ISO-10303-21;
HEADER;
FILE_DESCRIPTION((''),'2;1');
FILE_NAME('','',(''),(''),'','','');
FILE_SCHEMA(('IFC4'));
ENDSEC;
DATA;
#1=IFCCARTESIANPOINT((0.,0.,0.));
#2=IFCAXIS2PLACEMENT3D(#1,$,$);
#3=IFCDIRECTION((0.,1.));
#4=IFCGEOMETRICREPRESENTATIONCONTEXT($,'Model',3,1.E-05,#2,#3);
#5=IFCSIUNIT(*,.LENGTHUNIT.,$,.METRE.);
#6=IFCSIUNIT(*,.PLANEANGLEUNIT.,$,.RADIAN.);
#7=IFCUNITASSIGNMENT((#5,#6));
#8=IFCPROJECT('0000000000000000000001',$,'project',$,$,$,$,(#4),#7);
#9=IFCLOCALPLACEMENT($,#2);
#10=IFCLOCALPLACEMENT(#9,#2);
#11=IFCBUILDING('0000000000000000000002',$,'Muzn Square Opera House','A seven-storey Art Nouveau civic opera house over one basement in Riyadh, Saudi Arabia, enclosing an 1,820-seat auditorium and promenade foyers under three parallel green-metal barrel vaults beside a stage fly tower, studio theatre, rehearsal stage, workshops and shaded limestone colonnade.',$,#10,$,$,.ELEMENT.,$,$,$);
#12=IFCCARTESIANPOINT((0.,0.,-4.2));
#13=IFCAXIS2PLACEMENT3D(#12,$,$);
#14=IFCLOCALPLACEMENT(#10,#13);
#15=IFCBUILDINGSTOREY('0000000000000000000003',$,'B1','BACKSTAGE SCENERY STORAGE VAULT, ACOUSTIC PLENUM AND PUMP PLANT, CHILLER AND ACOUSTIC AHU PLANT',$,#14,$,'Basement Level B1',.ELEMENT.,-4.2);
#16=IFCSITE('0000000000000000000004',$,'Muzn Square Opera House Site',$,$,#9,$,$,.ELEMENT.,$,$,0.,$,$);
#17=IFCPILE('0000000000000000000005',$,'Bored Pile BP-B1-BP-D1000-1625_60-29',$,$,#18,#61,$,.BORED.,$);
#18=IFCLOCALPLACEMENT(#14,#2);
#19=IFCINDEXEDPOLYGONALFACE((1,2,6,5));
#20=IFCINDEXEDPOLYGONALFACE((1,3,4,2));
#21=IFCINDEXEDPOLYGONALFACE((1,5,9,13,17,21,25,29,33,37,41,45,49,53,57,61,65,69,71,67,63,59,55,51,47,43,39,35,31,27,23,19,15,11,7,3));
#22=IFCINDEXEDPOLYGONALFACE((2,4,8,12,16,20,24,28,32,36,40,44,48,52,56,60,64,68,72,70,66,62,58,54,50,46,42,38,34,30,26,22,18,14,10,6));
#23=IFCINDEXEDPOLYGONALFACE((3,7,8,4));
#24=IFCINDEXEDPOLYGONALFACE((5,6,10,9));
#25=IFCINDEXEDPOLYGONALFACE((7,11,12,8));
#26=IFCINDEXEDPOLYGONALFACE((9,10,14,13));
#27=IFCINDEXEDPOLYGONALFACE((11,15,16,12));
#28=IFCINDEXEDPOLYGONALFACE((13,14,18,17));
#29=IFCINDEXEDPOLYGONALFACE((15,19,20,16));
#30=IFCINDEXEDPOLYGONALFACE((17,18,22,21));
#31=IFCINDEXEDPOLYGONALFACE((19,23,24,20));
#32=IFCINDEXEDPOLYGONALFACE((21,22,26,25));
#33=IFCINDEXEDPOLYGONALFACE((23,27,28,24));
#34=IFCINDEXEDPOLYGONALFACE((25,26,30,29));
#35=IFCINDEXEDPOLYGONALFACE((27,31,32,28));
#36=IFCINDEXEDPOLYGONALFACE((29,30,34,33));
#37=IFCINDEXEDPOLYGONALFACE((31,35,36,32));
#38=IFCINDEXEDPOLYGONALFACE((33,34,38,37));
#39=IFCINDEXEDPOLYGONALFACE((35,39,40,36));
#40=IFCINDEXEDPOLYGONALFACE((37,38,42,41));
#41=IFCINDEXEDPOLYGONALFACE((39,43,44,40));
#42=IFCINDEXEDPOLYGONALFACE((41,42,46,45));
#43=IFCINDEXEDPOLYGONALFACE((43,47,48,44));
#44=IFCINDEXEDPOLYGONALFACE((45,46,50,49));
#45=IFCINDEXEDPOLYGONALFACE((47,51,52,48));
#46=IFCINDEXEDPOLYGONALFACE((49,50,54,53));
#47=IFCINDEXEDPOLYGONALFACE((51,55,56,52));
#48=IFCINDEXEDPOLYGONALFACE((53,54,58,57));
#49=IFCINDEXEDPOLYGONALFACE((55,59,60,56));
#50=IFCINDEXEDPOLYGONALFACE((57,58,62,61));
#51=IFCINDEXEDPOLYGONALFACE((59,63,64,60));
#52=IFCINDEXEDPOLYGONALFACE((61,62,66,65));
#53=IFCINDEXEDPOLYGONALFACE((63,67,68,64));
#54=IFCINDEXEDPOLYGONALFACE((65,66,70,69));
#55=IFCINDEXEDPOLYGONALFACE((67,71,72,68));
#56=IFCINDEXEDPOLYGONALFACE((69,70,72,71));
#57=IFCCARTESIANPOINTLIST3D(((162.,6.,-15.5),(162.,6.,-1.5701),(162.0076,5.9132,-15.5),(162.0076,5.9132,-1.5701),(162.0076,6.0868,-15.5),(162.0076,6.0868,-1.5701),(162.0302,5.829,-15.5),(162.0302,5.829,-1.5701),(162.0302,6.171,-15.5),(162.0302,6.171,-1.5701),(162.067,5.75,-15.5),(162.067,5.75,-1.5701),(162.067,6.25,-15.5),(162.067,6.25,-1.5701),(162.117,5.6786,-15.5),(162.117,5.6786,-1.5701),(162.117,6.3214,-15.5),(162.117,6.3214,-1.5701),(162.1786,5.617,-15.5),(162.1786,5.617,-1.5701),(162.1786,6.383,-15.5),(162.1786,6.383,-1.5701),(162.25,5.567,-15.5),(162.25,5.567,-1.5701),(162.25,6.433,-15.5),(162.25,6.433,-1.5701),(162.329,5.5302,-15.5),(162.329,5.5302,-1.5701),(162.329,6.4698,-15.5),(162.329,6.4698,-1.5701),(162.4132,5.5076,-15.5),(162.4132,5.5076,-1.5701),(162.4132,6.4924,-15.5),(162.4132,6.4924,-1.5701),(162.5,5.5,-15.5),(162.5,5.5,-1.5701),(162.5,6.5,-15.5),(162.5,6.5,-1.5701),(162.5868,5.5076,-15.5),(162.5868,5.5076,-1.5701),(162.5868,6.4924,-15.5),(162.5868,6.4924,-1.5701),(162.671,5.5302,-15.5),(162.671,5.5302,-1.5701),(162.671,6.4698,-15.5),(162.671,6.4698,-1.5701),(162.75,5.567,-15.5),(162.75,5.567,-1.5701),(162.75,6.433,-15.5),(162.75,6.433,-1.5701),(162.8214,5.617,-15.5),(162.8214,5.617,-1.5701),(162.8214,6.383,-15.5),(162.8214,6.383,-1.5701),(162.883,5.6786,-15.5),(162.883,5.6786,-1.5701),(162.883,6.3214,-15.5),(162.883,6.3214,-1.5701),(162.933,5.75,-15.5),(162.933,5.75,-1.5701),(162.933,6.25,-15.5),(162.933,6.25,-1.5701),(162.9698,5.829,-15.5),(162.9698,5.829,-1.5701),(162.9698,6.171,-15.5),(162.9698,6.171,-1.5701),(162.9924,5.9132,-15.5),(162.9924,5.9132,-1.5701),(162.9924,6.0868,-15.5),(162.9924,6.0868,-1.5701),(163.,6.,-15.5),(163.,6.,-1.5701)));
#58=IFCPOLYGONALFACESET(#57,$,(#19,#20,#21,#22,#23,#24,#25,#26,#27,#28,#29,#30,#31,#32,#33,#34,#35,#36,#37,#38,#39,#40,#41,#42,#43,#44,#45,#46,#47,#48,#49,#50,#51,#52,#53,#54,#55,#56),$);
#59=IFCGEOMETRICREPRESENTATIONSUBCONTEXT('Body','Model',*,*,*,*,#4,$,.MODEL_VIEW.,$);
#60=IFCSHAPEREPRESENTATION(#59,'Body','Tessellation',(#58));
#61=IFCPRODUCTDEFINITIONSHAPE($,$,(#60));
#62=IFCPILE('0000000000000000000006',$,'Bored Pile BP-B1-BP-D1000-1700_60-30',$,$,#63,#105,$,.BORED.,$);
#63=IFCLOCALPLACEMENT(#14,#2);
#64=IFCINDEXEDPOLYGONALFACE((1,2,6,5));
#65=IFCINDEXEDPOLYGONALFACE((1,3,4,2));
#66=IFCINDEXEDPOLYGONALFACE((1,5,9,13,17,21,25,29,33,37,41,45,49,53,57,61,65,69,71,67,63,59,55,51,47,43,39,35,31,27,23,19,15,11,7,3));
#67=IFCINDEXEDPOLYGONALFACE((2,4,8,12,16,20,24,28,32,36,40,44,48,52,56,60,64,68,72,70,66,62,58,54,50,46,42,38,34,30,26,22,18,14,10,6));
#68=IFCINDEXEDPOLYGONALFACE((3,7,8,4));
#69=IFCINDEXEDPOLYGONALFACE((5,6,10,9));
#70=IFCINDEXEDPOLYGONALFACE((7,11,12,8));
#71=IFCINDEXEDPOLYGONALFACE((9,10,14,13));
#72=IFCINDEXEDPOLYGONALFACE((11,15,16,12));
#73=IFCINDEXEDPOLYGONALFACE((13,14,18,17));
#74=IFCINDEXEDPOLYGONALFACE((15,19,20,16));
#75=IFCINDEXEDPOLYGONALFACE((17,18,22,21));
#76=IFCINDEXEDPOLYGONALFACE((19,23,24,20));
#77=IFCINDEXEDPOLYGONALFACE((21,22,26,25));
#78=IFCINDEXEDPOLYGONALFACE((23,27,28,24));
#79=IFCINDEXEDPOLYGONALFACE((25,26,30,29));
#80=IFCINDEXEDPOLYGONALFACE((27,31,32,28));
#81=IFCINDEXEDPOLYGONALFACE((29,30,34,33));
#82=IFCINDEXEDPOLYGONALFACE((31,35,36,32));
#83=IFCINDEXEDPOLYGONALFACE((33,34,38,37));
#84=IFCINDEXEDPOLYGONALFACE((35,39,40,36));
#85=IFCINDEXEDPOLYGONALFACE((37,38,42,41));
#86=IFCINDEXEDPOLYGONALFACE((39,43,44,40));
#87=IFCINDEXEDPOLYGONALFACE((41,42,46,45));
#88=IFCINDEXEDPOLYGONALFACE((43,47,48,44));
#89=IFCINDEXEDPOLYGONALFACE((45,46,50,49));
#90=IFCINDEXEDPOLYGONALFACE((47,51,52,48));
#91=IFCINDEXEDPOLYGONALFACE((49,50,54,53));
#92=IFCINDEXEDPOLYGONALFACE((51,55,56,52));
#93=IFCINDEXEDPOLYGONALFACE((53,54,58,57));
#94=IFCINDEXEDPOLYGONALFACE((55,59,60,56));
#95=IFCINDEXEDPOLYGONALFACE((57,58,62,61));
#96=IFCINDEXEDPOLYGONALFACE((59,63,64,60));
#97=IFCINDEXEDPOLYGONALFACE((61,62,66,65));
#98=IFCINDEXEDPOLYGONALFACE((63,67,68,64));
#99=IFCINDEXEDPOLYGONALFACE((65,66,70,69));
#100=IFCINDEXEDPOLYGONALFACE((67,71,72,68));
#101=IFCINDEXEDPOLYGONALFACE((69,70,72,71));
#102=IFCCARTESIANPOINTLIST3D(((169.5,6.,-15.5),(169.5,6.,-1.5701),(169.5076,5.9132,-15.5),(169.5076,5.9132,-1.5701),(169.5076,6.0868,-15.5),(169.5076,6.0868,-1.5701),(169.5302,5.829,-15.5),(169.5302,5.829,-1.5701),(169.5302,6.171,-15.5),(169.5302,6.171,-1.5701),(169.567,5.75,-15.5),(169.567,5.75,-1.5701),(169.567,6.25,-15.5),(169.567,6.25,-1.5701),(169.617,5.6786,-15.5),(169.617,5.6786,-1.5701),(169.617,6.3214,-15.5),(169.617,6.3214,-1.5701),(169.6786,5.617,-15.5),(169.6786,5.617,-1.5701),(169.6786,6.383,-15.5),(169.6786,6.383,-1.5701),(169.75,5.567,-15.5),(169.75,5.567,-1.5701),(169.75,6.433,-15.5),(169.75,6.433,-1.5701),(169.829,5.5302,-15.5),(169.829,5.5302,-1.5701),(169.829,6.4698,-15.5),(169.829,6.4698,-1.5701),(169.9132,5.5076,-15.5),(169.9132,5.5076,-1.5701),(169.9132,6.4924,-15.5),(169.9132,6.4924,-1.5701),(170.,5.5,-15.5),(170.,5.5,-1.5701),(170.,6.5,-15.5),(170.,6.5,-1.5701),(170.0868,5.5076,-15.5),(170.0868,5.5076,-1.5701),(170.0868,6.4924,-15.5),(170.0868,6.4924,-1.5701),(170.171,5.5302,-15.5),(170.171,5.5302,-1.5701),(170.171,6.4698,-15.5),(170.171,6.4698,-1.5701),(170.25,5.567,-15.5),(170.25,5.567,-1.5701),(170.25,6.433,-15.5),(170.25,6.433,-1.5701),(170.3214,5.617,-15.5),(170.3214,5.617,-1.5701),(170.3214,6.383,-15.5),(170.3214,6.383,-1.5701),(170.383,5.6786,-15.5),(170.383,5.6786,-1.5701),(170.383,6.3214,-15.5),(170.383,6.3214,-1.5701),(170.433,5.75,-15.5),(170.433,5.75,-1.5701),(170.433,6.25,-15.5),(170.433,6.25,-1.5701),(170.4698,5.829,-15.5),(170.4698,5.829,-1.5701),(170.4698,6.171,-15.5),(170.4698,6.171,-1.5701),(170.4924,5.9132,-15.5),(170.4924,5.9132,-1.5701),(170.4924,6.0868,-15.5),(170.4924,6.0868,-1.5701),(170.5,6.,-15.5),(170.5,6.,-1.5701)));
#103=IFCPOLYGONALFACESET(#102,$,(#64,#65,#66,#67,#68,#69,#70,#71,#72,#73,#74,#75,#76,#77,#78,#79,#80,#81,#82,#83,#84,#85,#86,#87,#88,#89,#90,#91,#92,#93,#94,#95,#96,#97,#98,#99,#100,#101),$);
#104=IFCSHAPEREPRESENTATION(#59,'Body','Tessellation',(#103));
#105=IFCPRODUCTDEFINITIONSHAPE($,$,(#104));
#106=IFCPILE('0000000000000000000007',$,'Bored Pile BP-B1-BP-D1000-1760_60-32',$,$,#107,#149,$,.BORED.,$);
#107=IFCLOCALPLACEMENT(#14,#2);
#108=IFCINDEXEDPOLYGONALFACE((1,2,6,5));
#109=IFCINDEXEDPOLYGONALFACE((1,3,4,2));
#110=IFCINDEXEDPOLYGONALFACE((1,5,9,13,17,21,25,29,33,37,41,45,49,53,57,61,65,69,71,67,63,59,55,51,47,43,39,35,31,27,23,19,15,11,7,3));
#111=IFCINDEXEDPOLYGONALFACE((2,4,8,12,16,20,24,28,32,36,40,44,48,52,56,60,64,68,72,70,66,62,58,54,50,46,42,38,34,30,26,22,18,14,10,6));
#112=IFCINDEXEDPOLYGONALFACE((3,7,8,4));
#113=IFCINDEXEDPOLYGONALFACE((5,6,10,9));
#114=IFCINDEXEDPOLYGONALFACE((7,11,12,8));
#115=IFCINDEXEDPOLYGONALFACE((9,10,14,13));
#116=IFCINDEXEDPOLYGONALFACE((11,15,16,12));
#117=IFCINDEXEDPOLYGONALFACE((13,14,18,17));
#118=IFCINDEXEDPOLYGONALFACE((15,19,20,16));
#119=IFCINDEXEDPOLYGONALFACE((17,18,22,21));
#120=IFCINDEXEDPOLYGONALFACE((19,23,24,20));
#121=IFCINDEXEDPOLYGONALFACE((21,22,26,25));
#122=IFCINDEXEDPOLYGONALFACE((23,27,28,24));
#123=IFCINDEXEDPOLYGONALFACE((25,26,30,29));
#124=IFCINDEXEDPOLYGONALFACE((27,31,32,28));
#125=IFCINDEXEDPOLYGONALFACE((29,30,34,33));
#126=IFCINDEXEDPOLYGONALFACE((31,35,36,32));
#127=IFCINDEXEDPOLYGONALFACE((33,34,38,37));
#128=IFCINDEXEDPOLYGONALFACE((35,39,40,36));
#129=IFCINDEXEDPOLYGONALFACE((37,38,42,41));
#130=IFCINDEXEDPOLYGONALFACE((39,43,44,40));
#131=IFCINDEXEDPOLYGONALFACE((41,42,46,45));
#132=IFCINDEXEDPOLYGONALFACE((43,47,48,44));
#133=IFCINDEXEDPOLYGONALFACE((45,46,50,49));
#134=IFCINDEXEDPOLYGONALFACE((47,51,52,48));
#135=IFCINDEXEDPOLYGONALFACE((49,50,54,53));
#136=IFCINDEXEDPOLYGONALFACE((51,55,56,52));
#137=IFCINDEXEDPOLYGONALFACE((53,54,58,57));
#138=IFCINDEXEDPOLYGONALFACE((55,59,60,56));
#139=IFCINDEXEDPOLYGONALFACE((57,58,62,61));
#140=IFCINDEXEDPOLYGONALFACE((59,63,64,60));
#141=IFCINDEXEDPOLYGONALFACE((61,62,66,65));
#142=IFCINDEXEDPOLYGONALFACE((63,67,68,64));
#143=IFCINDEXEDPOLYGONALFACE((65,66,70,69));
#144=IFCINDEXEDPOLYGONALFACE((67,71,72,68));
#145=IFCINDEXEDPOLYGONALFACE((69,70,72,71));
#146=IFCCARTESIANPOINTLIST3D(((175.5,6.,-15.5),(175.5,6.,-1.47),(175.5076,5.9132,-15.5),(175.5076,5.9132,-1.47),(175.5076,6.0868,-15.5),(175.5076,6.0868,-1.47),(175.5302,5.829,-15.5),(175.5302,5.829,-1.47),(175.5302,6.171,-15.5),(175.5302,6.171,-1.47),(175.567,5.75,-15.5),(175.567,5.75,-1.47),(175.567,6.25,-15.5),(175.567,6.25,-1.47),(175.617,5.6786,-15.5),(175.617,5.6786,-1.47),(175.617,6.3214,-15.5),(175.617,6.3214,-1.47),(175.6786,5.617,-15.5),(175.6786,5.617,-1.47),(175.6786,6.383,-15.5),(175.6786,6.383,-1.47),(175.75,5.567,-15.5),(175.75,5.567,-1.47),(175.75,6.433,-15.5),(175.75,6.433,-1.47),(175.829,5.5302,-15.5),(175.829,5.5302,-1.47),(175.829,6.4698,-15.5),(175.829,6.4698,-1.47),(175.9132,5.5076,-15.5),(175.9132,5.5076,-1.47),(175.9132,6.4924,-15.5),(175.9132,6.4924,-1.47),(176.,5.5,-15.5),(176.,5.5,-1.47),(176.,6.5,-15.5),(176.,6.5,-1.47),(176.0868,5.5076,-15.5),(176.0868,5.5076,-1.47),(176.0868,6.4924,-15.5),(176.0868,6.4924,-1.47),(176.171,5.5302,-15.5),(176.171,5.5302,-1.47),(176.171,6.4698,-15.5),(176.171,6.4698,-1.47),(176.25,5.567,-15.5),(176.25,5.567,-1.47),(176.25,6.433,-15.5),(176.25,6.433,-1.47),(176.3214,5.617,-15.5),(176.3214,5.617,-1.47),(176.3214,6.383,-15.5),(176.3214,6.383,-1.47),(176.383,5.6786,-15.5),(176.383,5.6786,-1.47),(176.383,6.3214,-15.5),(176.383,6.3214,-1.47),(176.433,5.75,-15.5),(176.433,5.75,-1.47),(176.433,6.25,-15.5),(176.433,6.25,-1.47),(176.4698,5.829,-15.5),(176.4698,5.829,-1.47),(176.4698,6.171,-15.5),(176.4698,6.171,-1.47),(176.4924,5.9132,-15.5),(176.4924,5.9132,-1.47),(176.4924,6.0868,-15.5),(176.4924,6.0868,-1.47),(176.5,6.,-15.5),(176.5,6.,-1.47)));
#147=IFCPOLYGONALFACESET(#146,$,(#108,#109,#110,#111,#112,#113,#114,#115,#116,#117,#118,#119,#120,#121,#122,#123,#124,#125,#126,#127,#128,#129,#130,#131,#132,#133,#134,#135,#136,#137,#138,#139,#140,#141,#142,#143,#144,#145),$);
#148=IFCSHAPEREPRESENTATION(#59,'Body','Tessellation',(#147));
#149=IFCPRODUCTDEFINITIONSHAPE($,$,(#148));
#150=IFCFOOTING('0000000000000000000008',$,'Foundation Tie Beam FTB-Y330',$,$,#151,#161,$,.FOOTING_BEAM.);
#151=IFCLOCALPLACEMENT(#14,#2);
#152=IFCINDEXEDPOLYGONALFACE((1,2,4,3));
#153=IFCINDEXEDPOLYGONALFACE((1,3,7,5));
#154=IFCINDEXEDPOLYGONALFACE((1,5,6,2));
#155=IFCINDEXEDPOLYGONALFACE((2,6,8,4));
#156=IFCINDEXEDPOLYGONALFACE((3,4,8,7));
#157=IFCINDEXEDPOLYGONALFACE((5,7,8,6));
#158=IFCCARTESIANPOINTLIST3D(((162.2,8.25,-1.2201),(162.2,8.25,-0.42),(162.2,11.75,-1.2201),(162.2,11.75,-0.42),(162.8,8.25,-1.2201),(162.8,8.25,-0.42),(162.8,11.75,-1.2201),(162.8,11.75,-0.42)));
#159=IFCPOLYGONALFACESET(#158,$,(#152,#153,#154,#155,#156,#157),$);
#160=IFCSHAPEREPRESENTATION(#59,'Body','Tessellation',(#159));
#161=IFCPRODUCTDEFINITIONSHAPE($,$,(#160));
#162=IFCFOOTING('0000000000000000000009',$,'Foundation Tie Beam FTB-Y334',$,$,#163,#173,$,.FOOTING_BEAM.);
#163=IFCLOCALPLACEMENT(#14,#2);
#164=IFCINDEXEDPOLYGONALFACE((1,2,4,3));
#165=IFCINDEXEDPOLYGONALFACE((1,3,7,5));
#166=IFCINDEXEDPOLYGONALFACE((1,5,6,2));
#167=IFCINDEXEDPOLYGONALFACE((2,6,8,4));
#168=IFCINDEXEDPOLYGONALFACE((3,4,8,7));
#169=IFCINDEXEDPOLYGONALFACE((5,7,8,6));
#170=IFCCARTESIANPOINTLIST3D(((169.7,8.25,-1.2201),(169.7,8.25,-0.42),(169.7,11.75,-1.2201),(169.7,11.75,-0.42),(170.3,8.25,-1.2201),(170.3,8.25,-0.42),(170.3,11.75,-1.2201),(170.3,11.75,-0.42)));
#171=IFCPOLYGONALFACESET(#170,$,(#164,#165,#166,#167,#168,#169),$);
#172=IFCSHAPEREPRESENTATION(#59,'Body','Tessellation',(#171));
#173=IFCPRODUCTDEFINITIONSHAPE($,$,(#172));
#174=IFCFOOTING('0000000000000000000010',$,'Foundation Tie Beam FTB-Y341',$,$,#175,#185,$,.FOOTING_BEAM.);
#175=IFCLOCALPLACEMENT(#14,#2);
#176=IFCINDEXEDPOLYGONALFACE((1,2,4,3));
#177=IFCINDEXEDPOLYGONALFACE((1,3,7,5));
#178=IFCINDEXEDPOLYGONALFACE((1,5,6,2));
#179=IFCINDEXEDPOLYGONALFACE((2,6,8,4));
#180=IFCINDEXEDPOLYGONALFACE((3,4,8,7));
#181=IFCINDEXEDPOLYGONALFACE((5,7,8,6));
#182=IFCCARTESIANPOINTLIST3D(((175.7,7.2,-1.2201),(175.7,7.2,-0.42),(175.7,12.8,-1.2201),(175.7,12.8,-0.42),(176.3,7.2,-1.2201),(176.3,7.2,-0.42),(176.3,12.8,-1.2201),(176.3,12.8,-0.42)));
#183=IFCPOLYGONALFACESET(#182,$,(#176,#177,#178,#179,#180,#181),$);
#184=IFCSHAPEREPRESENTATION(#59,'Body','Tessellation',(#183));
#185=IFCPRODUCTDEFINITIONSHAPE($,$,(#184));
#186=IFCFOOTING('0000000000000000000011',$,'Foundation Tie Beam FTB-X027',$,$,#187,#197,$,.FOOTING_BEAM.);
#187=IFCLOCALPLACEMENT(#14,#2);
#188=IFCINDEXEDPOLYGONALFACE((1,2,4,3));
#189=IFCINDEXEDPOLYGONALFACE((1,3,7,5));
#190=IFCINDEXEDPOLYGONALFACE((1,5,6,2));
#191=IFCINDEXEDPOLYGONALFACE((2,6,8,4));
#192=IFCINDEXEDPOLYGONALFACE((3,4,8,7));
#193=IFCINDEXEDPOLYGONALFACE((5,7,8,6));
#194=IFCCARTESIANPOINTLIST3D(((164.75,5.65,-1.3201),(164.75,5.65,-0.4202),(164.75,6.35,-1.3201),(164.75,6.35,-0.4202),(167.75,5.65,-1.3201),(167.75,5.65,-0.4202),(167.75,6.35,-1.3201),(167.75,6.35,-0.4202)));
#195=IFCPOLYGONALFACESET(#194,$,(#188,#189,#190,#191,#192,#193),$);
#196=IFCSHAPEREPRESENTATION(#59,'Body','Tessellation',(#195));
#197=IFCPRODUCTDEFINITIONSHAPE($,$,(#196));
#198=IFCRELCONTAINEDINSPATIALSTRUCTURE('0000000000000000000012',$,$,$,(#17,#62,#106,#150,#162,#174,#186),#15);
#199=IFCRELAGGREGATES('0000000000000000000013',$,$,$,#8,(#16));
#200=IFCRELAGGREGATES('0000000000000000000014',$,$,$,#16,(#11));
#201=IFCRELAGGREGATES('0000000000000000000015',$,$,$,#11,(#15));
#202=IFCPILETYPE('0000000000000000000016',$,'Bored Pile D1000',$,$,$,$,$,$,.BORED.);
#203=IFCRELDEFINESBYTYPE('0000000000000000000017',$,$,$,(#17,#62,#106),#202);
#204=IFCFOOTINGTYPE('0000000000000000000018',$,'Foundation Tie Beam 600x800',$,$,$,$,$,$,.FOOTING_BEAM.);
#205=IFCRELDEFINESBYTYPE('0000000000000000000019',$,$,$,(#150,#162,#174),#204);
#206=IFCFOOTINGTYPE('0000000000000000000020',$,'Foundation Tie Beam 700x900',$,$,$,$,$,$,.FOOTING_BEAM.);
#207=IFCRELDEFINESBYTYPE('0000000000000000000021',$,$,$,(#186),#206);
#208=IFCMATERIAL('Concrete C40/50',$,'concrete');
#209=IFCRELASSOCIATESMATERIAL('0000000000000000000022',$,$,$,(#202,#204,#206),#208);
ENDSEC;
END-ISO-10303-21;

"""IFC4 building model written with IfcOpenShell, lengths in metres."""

from ifc_helpers import new_model, si_unit, direction, frame, origin, origin_2d, place, context, subcontext, project, spatial, rectangle, circle, extrude, material, material_profile, profile_set, type_object, element, save


model = new_model("IFC4")

# Units and contexts
model_context = context("Model", 3, precision=1e-05, world=origin(), true_north=direction((0.0, 1.0)))
body_context = subcontext(model_context, "Body", "Model", "MODEL_VIEW")
ifc_project = project(units=[si_unit("LENGTHUNIT", "METRE"), si_unit("PLANEANGLEUNIT", "RADIAN")], contexts=[model_context])

# Site, building, storey
site_placement = place(None, origin())
site = spatial("IfcSite", under=ifc_project, at=site_placement, Name="Muzn Square Opera House Site", CompositionType="ELEMENT", RefElevation=0.0)
building_placement = place(site_placement, origin())
building = spatial("IfcBuilding", under=site, at=building_placement, Name="Muzn Square Opera House", Description="A seven-storey Art Nouveau civic opera house over one basement in Riyadh, Saudi Arabia, enclosing an 1,820-seat auditorium and promenade foyers under three parallel green-metal barrel vaults beside a stage fly tower, studio theatre, rehearsal stage, workshops and shaded limestone colonnade.", CompositionType="ELEMENT")
storey_placement = place(building_placement, frame((0.0, 0.0, -4.2)))
storey = spatial("IfcBuildingStorey", under=building, at=storey_placement, Name="B1", Description="BACKSTAGE SCENERY STORAGE VAULT, ACOUSTIC PLENUM AND PUMP PLANT, CHILLER AND ACOUSTIC AHU PLANT", LongName="Basement Level B1", CompositionType="ELEMENT", Elevation=-4.2)

# Piles
ifc_material_1 = material(Name="Concrete C40/50", Category="concrete")
ifc_material_profile_1 = material_profile(ifc_material_1, circle(Radius=0.5, at=origin_2d()), Name="BORED PILE D1000", Category="concrete")
ifc_profile_set_1 = profile_set([ifc_material_profile_1], Name="Concrete C40/50")
pile_type = type_object("IfcPileType", Name="Bored Pile D1000", PredefinedType="BORED", material=ifc_profile_set_1)
for number, where, z_axis, x_axis, name in (
    (1, (162.5, 6.0, -1.5701), (0.0, 0.0, -1.0), (1.0, 0.0, 0.0), "Bored Pile BP-B1-BP-D1000-1625_60-29"),
    (2, (170.0, 6.0, -1.5701), (0.0, 0.0, -1.0), (1.0, 0.0, 0.0), "Bored Pile BP-B1-BP-D1000-1700_60-30"),
):
    element("IfcPile", number, at=place(storey_placement, frame(where, z_axis=z_axis, x_axis=x_axis)), inside=storey, type_object=pile_type, Name=name, PredefinedType="BORED", context=body_context, shape_type="SweptSolid", body=[
        extrude(circle(Radius=0.5, at=origin_2d()), origin(), (0.0, 0.0, 1.0), 13.9299),
    ])
pile_placement = place(storey_placement, frame((176.0, 6.0, -1.47), z_axis=(0.0, 0.0, -1.0), x_axis=(1.0, 0.0, 0.0)))
element("IfcPile", 3, at=pile_placement, inside=storey, type_object=pile_type, Name="Bored Pile BP-B1-BP-D1000-1760_60-32", PredefinedType="BORED", context=body_context, shape_type="SweptSolid", body=[
    extrude(circle(Radius=0.5, at=origin_2d()), origin(), (0.0, 0.0, 1.0), 14.03),
])

# Footings
ifc_material_profile_2 = material_profile(ifc_material_1, rectangle(XDim=0.6001, YDim=0.8, at=origin_2d()), Name="RCTB 600x800", Category="concrete")
ifc_profile_set_2 = profile_set([ifc_material_profile_2], Name="Concrete C40/50")
footing_type_1 = type_object("IfcFootingType", Name="Foundation Tie Beam 600x800", PredefinedType="FOOTING_BEAM", material=ifc_profile_set_2)
for number, where, z_axis, x_axis, name in (
    (4, (162.5, 8.25, -0.8201), (0.0, 1.0, 0.0), (-1.0, 0.0, 0.0), "Foundation Tie Beam FTB-Y330"),
    (5, (170.0, 8.25, -0.8201), (0.0, 1.0, 0.0), (-1.0, 0.0, 0.0), "Foundation Tie Beam FTB-Y334"),
):
    element("IfcFooting", number, at=place(storey_placement, frame(where, z_axis=z_axis, x_axis=x_axis)), inside=storey, type_object=footing_type_1, Name=name, PredefinedType="FOOTING_BEAM", context=body_context, shape_type="SweptSolid", body=[
        extrude(rectangle(XDim=0.6001, YDim=0.8, at=origin_2d()), origin(), (0.0, 0.0, 1.0), 3.5),
    ])
footing_1_placement = place(storey_placement, frame((176.0, 7.2, -0.8201), z_axis=(0.0, 1.0, 0.0), x_axis=(-1.0, 0.0, 0.0)))
element("IfcFooting", 6, at=footing_1_placement, inside=storey, type_object=footing_type_1, Name="Foundation Tie Beam FTB-Y341", PredefinedType="FOOTING_BEAM", context=body_context, shape_type="SweptSolid", body=[
    extrude(rectangle(XDim=0.6001, YDim=0.8, at=origin_2d()), origin(), (0.0, 0.0, 1.0), 5.6001),
])
ifc_material_profile_3 = material_profile(ifc_material_1, rectangle(XDim=0.7, YDim=0.8999, at=origin_2d()), Name="RCTB 700x900", Category="concrete")
ifc_profile_set_3 = profile_set([ifc_material_profile_3], Name="Concrete C40/50")
footing_type_2 = type_object("IfcFootingType", Name="Foundation Tie Beam 700x900", PredefinedType="FOOTING_BEAM", material=ifc_profile_set_3)
footing_2_placement = place(storey_placement, frame((164.75, 6.0, -0.8701), z_axis=(1.0, 0.0, 0.0), x_axis=(0.0, 1.0, 0.0)))
element("IfcFooting", 7, at=footing_2_placement, inside=storey, type_object=footing_type_2, Name="Foundation Tie Beam FTB-X027", PredefinedType="FOOTING_BEAM", context=body_context, shape_type="SweptSolid", body=[
    extrude(rectangle(XDim=0.7, YDim=0.8999, at=origin_2d()), origin(), (0.0, 0.0, 1.0), 3.0),
])

save(model, "model.ifc")
